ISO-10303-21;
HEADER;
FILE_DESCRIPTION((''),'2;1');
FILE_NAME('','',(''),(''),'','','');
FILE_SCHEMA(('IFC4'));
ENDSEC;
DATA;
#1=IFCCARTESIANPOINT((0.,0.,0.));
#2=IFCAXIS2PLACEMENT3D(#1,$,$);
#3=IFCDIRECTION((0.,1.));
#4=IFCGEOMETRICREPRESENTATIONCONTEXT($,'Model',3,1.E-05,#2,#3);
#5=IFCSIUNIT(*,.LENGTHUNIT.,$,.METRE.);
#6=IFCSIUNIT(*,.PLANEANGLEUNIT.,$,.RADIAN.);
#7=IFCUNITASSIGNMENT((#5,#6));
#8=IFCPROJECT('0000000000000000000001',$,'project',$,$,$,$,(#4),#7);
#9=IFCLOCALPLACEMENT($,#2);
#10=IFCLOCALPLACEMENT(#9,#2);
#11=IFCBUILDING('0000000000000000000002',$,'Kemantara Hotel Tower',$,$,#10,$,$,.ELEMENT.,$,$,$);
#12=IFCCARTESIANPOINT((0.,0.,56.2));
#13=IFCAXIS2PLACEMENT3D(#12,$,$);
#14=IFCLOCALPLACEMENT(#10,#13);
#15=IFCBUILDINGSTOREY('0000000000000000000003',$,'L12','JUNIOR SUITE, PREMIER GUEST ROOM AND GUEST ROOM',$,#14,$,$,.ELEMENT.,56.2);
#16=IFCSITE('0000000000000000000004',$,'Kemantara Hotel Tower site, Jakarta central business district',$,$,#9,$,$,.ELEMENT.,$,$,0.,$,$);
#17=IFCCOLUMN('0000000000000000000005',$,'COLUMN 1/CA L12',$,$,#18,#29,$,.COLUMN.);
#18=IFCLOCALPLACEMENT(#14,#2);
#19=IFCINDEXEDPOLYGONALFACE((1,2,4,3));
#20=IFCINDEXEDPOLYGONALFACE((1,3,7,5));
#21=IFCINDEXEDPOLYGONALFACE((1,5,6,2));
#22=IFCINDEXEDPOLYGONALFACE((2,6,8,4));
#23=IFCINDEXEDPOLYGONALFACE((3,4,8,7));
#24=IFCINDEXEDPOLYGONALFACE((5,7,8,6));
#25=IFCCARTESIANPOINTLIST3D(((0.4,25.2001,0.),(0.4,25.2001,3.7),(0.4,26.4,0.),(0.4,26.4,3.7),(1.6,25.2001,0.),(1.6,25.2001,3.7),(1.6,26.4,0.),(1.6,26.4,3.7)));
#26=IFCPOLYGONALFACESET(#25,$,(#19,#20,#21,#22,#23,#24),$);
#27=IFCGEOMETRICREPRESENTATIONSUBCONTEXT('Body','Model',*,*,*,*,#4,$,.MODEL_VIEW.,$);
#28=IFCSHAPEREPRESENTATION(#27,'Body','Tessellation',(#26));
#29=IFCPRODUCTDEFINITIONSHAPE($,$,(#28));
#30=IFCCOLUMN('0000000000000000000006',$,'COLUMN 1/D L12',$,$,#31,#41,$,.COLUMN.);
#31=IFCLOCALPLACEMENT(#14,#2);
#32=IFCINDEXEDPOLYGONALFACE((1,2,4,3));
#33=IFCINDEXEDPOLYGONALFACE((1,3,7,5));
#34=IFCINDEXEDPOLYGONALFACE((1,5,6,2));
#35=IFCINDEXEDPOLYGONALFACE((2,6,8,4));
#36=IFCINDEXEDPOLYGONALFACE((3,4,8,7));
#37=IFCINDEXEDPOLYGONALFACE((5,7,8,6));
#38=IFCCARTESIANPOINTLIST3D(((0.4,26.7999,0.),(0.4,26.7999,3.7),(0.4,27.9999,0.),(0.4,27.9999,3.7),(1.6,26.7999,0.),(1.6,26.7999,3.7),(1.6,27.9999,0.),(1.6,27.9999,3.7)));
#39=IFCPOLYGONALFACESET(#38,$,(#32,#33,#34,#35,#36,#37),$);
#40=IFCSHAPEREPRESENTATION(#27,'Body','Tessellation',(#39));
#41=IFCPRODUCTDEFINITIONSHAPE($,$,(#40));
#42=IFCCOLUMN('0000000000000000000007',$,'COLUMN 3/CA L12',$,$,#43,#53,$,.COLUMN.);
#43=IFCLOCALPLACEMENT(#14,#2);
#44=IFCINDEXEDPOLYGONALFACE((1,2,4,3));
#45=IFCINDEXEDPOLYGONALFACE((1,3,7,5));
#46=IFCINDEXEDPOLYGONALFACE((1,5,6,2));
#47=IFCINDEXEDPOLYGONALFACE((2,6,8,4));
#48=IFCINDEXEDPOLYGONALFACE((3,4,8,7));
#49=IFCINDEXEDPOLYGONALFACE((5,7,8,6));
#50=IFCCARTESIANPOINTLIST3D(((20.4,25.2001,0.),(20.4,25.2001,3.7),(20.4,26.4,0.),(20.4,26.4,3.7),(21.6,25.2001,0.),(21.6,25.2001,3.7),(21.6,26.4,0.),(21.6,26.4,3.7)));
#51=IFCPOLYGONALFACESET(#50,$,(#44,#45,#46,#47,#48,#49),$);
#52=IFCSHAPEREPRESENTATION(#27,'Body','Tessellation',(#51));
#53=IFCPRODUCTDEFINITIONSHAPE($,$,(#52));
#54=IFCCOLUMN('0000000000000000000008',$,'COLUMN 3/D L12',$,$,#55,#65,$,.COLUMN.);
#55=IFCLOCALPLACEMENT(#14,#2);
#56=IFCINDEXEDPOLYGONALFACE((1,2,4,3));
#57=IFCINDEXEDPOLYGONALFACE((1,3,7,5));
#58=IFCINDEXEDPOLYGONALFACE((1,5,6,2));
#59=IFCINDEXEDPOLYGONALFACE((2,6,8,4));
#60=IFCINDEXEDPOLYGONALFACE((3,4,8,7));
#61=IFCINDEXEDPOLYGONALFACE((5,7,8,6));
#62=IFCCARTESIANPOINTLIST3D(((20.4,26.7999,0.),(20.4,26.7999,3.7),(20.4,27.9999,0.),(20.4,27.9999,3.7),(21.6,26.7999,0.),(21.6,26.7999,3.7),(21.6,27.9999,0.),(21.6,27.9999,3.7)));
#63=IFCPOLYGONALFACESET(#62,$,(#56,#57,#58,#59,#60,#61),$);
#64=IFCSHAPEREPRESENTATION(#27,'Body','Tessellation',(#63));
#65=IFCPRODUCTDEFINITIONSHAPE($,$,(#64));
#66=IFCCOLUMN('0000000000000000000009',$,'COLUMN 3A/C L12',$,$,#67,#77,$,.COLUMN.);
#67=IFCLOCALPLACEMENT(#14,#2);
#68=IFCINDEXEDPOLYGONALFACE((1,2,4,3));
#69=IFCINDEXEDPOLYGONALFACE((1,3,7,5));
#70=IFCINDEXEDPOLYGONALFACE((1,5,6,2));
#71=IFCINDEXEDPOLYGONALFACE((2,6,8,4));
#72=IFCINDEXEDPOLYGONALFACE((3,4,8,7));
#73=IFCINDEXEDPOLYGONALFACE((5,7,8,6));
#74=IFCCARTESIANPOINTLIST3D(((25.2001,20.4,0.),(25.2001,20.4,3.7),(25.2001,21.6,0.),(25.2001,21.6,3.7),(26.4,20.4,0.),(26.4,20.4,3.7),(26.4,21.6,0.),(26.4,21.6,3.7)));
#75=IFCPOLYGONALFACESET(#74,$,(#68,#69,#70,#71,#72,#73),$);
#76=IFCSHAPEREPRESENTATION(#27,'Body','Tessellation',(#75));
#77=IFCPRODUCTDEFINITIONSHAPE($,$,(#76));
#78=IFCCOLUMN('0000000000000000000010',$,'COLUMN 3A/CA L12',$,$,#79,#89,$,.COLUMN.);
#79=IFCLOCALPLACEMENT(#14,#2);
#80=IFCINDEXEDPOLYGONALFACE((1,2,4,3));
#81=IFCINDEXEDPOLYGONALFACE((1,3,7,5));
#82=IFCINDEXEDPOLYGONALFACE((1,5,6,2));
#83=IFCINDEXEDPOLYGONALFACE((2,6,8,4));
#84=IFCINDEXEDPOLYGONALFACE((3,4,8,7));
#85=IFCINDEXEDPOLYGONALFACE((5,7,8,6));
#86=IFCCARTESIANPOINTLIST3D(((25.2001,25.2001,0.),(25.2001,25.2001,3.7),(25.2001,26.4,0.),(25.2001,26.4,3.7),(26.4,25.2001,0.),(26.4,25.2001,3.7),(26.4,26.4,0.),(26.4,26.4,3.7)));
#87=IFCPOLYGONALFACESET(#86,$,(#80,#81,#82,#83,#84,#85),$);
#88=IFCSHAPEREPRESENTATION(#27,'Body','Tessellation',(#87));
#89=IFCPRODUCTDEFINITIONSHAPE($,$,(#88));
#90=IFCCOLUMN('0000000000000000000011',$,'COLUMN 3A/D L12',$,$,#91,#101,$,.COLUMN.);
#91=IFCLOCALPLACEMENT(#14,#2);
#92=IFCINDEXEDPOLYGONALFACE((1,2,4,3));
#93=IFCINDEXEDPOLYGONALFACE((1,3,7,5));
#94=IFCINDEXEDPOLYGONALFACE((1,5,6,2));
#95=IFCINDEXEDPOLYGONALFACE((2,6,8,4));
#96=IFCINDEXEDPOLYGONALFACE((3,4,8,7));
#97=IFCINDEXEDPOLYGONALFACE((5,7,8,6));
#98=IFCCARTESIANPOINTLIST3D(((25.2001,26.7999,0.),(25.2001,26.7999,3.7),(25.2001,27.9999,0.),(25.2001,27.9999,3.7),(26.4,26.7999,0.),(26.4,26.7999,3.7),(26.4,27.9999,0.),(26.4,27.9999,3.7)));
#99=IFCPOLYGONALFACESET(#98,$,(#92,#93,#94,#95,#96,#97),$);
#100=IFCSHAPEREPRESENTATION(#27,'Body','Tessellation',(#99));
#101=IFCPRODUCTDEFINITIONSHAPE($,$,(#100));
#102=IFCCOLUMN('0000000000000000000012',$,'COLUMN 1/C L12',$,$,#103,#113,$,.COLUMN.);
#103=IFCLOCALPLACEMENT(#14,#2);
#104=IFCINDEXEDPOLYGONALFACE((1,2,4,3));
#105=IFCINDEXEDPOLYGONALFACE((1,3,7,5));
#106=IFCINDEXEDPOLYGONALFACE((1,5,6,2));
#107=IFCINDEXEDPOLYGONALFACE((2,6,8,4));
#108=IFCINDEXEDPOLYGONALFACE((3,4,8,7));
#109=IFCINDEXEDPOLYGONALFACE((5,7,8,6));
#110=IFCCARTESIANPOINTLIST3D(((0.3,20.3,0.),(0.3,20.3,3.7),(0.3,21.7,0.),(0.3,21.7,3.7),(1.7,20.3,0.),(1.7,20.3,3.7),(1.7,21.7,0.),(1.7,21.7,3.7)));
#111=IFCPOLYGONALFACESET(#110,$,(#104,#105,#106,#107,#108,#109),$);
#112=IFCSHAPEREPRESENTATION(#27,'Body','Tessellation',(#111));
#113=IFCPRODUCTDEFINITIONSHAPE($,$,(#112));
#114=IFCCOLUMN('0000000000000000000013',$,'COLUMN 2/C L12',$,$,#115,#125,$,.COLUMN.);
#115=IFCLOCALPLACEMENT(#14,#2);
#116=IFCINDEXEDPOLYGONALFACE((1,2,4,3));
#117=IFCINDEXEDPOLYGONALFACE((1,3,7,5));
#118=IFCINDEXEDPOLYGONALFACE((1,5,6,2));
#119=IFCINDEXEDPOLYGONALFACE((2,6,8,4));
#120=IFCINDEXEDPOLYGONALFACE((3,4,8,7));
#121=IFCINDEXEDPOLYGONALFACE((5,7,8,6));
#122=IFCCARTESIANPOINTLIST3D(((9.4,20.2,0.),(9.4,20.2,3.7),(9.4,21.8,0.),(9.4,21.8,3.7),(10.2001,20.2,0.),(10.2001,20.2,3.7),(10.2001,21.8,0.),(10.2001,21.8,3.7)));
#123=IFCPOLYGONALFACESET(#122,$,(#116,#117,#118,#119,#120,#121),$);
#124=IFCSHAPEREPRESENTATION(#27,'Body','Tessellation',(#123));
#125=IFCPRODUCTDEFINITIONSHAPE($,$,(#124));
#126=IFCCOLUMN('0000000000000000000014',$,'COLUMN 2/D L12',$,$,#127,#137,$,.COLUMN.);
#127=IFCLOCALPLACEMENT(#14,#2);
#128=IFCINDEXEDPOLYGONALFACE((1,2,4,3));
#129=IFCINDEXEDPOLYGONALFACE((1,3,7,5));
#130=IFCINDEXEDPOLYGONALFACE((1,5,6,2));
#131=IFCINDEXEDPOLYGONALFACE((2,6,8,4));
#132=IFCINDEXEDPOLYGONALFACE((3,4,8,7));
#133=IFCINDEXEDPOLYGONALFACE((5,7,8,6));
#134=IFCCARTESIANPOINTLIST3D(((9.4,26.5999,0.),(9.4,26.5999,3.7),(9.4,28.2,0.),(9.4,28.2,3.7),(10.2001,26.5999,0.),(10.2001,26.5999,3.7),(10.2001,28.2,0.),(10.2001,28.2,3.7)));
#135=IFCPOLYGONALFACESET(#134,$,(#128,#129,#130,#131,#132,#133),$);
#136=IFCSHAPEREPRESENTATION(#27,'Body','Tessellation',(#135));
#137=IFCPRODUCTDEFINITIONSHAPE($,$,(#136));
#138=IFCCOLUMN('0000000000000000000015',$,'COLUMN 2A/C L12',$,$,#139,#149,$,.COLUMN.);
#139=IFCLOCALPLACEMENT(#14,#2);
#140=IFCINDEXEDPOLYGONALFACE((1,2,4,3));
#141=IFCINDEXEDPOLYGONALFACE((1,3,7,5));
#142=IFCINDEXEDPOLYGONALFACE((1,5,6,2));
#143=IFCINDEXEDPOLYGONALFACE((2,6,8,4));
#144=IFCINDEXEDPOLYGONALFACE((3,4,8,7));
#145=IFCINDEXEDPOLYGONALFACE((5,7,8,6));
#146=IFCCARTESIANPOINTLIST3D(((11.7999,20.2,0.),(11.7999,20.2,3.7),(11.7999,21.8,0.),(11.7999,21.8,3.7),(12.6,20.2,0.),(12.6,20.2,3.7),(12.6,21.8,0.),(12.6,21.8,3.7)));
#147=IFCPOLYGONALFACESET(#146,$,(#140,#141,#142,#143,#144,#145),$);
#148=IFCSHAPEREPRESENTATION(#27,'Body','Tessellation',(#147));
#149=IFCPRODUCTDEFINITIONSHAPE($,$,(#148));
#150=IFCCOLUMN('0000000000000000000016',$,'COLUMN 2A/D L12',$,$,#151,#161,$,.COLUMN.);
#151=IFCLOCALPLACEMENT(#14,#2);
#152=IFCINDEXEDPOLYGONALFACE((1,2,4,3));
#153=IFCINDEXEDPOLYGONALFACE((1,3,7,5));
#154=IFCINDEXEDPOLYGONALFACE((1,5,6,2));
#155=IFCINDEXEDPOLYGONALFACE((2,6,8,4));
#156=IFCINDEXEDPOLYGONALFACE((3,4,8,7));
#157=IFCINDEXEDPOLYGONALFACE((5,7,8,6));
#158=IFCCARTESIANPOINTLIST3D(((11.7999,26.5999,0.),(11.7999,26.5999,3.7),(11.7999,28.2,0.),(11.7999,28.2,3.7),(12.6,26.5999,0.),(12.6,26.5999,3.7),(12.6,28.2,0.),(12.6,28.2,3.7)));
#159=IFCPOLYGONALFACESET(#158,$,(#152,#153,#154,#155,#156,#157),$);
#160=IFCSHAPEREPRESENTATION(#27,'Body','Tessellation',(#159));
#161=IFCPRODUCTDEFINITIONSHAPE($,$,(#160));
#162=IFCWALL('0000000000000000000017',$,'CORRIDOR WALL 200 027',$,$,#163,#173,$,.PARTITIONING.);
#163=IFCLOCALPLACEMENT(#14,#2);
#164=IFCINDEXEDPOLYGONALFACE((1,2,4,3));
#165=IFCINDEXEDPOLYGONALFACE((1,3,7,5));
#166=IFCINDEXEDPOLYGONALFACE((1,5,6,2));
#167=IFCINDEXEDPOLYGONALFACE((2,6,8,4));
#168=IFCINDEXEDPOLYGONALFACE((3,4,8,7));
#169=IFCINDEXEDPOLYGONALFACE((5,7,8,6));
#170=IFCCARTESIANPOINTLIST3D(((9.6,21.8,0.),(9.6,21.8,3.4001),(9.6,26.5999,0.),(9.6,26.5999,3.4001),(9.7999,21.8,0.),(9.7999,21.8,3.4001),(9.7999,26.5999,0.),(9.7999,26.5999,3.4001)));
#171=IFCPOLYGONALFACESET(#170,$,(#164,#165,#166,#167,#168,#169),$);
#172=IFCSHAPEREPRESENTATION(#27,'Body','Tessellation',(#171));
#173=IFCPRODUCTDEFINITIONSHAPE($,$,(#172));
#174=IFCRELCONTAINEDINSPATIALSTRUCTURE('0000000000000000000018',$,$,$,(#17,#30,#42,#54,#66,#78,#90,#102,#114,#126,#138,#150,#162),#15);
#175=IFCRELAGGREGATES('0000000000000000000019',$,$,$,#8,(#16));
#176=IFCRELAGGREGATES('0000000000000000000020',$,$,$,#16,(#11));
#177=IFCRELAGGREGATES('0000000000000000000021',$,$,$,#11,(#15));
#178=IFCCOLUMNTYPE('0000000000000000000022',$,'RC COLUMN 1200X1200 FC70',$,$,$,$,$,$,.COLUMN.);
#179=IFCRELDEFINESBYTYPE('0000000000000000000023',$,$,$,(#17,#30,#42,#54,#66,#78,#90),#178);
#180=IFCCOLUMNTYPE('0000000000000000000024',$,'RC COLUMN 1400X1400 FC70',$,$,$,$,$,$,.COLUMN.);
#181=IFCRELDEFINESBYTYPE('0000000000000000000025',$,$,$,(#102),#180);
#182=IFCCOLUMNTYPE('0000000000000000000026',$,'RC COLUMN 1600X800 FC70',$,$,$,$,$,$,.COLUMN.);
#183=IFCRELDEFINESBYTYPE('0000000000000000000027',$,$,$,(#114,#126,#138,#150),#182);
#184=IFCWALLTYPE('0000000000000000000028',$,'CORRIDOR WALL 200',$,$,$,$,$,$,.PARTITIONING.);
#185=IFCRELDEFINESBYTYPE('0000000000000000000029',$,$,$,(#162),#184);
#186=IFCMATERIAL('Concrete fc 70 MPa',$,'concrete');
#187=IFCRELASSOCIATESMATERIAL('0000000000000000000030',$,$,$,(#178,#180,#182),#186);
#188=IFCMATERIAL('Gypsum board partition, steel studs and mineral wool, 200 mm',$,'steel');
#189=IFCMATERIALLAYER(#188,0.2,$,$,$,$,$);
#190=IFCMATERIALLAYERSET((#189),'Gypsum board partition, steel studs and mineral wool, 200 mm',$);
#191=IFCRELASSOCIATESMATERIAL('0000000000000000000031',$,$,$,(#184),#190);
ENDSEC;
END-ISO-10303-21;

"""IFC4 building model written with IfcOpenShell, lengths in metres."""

from ifc_helpers import new_model, si_unit, direction, frame, frame_2d, origin, origin_2d, place, context, subcontext, project, spatial, rectangle, extrude, material, layer, layer_set, material_profile, profile_set, type_object, element, save


model = new_model("IFC4")

# Units and contexts
model_context = context("Model", 3, precision=1e-05, world=origin(), true_north=direction((0.0, 1.0)))
body_context = subcontext(model_context, "Body", "Model", "MODEL_VIEW")
ifc_project = project(units=[si_unit("LENGTHUNIT", "METRE"), si_unit("PLANEANGLEUNIT", "RADIAN")], contexts=[model_context])

# Site, building, storey
site_placement = place(None, origin())
site = spatial("IfcSite", under=ifc_project, at=site_placement, Name="Kemantara Hotel Tower site, Jakarta central business district", CompositionType="ELEMENT", RefElevation=0.0)
building_placement = place(site_placement, origin())
building = spatial("IfcBuilding", under=site, at=building_placement, Name="Kemantara Hotel Tower", CompositionType="ELEMENT")
storey_placement = place(building_placement, frame((0.0, 0.0, 56.2)))
storey = spatial("IfcBuildingStorey", under=building, at=storey_placement, Name="L12", Description="JUNIOR SUITE, PREMIER GUEST ROOM AND GUEST ROOM", CompositionType="ELEMENT", Elevation=56.2)

# Columns
ifc_material_1 = material(Name="Concrete fc 70 MPa", Category="concrete")
ifc_material_profile_1 = material_profile(ifc_material_1, rectangle(XDim=1.2, YDim=1.2, at=origin_2d()), Name="RC 1200X1200")
ifc_profile_set_1 = profile_set([ifc_material_profile_1], Name="Concrete fc 70 MPa")
column_type_1 = type_object("IfcColumnType", Name="RC COLUMN 1200X1200 FC70", PredefinedType="COLUMN", material=ifc_profile_set_1)
for number, where, z_axis, x_axis, name in (
    (1, (1.0, 25.8, 0.0), (0.0, 0.0, 1.0), (1.0, 0.0, 0.0), "COLUMN 1/CA L12"),
    (2, (1.0, 27.3999, 0.0), (0.0, 0.0, 1.0), (1.0, 0.0, 0.0), "COLUMN 1/D L12"),
    (3, (21.0, 25.8, 0.0), (0.0, 0.0, 1.0), (1.0, 0.0, 0.0), "COLUMN 3/CA L12"),
    (4, (21.0, 27.3999, 0.0), (0.0, 0.0, 1.0), (1.0, 0.0, 0.0), "COLUMN 3/D L12"),
    (5, (25.8, 21.0, 0.0), (0.0, 0.0, 1.0), (1.0, 0.0, 0.0), "COLUMN 3A/C L12"),
    (6, (25.8, 25.8, 0.0), (0.0, 0.0, 1.0), (1.0, 0.0, 0.0), "COLUMN 3A/CA L12"),
    (7, (25.8, 27.3999, 0.0), (0.0, 0.0, 1.0), (1.0, 0.0, 0.0), "COLUMN 3A/D L12"),
):
    element("IfcColumn", number, at=place(storey_placement, frame(where, z_axis=z_axis, x_axis=x_axis)), inside=storey, type_object=column_type_1, Name=name, PredefinedType="COLUMN", context=body_context, shape_type="SweptSolid", body=[
        extrude(rectangle(XDim=1.2, YDim=1.2, at=origin_2d()), origin(), (0.0, 0.0, 1.0), 3.7),
    ])
ifc_material_profile_2 = material_profile(ifc_material_1, rectangle(XDim=1.3999, YDim=1.3999, at=origin_2d()), Name="RC 1400X1400")
ifc_profile_set_2 = profile_set([ifc_material_profile_2], Name="Concrete fc 70 MPa")
column_type_2 = type_object("IfcColumnType", Name="RC COLUMN 1400X1400 FC70", PredefinedType="COLUMN", material=ifc_profile_set_2)
column_placement = place(storey_placement, frame((1.0, 21.0, 0.0), z_axis=(0.0, 0.0, 1.0), x_axis=(1.0, 0.0, 0.0)))
element("IfcColumn", 8, at=column_placement, inside=storey, type_object=column_type_2, Name="COLUMN 1/C L12", PredefinedType="COLUMN", context=body_context, shape_type="SweptSolid", body=[
    extrude(rectangle(XDim=1.3999, YDim=1.3999, at=origin_2d()), origin(), (0.0, 0.0, 1.0), 3.7),
])
ifc_material_profile_3 = material_profile(ifc_material_1, rectangle(XDim=1.6001, YDim=0.8, at=origin_2d()), Name="RC 1600X800")
ifc_profile_set_3 = profile_set([ifc_material_profile_3], Name="Concrete fc 70 MPa")
column_type_3 = type_object("IfcColumnType", Name="RC COLUMN 1600X800 FC70", PredefinedType="COLUMN", material=ifc_profile_set_3)
for number, where, z_axis, x_axis, name in (
    (9, (9.8, 21.0, 0.0), (0.0, 0.0, 1.0), (0.0, 1.0, 0.0), "COLUMN 2/C L12"),
    (10, (9.8, 27.3999, 0.0), (0.0, 0.0, 1.0), (0.0, 1.0, 0.0), "COLUMN 2/D L12"),
    (11, (12.2, 21.0, 0.0), (0.0, 0.0, 1.0), (0.0, 1.0, 0.0), "COLUMN 2A/C L12"),
    (12, (12.2, 27.3999, 0.0), (0.0, 0.0, 1.0), (0.0, 1.0, 0.0), "COLUMN 2A/D L12"),
):
    element("IfcColumn", number, at=place(storey_placement, frame(where, z_axis=z_axis, x_axis=x_axis)), inside=storey, type_object=column_type_3, Name=name, PredefinedType="COLUMN", context=body_context, shape_type="SweptSolid", body=[
        extrude(rectangle(XDim=1.6001, YDim=0.8, at=origin_2d()), origin(), (0.0, 0.0, 1.0), 3.7),
    ])

# Wall
ifc_material_2 = material(Name="Gypsum board partition, steel studs and mineral wool, 200 mm", Category="steel")
ifc_layer_1 = layer(ifc_material_2, 0.2)
ifc_layer_set_1 = layer_set([ifc_layer_1], Name="Gypsum board partition, steel studs and mineral wool, 200 mm")
wall_type_1 = type_object("IfcWallType", Name="CORRIDOR WALL 200", PredefinedType="PARTITIONING", material=ifc_layer_set_1)
wall_1_placement = place(storey_placement, frame((9.7, 21.8, 0.0), z_axis=(0.0, 0.0, 1.0), x_axis=(0.0, 1.0, 0.0)))
element("IfcWall", 13, at=wall_1_placement, inside=storey, type_object=wall_type_1, Name="CORRIDOR WALL 200 027", PredefinedType="PARTITIONING", context=body_context, shape_type="SweptSolid", body=[
    extrude(rectangle(XDim=4.7998, YDim=0.2, at=frame_2d((2.3999, 0.0))), origin(), (0.0, 0.0, 1.0), 3.4001),
])

save(model, "model.ifc")
